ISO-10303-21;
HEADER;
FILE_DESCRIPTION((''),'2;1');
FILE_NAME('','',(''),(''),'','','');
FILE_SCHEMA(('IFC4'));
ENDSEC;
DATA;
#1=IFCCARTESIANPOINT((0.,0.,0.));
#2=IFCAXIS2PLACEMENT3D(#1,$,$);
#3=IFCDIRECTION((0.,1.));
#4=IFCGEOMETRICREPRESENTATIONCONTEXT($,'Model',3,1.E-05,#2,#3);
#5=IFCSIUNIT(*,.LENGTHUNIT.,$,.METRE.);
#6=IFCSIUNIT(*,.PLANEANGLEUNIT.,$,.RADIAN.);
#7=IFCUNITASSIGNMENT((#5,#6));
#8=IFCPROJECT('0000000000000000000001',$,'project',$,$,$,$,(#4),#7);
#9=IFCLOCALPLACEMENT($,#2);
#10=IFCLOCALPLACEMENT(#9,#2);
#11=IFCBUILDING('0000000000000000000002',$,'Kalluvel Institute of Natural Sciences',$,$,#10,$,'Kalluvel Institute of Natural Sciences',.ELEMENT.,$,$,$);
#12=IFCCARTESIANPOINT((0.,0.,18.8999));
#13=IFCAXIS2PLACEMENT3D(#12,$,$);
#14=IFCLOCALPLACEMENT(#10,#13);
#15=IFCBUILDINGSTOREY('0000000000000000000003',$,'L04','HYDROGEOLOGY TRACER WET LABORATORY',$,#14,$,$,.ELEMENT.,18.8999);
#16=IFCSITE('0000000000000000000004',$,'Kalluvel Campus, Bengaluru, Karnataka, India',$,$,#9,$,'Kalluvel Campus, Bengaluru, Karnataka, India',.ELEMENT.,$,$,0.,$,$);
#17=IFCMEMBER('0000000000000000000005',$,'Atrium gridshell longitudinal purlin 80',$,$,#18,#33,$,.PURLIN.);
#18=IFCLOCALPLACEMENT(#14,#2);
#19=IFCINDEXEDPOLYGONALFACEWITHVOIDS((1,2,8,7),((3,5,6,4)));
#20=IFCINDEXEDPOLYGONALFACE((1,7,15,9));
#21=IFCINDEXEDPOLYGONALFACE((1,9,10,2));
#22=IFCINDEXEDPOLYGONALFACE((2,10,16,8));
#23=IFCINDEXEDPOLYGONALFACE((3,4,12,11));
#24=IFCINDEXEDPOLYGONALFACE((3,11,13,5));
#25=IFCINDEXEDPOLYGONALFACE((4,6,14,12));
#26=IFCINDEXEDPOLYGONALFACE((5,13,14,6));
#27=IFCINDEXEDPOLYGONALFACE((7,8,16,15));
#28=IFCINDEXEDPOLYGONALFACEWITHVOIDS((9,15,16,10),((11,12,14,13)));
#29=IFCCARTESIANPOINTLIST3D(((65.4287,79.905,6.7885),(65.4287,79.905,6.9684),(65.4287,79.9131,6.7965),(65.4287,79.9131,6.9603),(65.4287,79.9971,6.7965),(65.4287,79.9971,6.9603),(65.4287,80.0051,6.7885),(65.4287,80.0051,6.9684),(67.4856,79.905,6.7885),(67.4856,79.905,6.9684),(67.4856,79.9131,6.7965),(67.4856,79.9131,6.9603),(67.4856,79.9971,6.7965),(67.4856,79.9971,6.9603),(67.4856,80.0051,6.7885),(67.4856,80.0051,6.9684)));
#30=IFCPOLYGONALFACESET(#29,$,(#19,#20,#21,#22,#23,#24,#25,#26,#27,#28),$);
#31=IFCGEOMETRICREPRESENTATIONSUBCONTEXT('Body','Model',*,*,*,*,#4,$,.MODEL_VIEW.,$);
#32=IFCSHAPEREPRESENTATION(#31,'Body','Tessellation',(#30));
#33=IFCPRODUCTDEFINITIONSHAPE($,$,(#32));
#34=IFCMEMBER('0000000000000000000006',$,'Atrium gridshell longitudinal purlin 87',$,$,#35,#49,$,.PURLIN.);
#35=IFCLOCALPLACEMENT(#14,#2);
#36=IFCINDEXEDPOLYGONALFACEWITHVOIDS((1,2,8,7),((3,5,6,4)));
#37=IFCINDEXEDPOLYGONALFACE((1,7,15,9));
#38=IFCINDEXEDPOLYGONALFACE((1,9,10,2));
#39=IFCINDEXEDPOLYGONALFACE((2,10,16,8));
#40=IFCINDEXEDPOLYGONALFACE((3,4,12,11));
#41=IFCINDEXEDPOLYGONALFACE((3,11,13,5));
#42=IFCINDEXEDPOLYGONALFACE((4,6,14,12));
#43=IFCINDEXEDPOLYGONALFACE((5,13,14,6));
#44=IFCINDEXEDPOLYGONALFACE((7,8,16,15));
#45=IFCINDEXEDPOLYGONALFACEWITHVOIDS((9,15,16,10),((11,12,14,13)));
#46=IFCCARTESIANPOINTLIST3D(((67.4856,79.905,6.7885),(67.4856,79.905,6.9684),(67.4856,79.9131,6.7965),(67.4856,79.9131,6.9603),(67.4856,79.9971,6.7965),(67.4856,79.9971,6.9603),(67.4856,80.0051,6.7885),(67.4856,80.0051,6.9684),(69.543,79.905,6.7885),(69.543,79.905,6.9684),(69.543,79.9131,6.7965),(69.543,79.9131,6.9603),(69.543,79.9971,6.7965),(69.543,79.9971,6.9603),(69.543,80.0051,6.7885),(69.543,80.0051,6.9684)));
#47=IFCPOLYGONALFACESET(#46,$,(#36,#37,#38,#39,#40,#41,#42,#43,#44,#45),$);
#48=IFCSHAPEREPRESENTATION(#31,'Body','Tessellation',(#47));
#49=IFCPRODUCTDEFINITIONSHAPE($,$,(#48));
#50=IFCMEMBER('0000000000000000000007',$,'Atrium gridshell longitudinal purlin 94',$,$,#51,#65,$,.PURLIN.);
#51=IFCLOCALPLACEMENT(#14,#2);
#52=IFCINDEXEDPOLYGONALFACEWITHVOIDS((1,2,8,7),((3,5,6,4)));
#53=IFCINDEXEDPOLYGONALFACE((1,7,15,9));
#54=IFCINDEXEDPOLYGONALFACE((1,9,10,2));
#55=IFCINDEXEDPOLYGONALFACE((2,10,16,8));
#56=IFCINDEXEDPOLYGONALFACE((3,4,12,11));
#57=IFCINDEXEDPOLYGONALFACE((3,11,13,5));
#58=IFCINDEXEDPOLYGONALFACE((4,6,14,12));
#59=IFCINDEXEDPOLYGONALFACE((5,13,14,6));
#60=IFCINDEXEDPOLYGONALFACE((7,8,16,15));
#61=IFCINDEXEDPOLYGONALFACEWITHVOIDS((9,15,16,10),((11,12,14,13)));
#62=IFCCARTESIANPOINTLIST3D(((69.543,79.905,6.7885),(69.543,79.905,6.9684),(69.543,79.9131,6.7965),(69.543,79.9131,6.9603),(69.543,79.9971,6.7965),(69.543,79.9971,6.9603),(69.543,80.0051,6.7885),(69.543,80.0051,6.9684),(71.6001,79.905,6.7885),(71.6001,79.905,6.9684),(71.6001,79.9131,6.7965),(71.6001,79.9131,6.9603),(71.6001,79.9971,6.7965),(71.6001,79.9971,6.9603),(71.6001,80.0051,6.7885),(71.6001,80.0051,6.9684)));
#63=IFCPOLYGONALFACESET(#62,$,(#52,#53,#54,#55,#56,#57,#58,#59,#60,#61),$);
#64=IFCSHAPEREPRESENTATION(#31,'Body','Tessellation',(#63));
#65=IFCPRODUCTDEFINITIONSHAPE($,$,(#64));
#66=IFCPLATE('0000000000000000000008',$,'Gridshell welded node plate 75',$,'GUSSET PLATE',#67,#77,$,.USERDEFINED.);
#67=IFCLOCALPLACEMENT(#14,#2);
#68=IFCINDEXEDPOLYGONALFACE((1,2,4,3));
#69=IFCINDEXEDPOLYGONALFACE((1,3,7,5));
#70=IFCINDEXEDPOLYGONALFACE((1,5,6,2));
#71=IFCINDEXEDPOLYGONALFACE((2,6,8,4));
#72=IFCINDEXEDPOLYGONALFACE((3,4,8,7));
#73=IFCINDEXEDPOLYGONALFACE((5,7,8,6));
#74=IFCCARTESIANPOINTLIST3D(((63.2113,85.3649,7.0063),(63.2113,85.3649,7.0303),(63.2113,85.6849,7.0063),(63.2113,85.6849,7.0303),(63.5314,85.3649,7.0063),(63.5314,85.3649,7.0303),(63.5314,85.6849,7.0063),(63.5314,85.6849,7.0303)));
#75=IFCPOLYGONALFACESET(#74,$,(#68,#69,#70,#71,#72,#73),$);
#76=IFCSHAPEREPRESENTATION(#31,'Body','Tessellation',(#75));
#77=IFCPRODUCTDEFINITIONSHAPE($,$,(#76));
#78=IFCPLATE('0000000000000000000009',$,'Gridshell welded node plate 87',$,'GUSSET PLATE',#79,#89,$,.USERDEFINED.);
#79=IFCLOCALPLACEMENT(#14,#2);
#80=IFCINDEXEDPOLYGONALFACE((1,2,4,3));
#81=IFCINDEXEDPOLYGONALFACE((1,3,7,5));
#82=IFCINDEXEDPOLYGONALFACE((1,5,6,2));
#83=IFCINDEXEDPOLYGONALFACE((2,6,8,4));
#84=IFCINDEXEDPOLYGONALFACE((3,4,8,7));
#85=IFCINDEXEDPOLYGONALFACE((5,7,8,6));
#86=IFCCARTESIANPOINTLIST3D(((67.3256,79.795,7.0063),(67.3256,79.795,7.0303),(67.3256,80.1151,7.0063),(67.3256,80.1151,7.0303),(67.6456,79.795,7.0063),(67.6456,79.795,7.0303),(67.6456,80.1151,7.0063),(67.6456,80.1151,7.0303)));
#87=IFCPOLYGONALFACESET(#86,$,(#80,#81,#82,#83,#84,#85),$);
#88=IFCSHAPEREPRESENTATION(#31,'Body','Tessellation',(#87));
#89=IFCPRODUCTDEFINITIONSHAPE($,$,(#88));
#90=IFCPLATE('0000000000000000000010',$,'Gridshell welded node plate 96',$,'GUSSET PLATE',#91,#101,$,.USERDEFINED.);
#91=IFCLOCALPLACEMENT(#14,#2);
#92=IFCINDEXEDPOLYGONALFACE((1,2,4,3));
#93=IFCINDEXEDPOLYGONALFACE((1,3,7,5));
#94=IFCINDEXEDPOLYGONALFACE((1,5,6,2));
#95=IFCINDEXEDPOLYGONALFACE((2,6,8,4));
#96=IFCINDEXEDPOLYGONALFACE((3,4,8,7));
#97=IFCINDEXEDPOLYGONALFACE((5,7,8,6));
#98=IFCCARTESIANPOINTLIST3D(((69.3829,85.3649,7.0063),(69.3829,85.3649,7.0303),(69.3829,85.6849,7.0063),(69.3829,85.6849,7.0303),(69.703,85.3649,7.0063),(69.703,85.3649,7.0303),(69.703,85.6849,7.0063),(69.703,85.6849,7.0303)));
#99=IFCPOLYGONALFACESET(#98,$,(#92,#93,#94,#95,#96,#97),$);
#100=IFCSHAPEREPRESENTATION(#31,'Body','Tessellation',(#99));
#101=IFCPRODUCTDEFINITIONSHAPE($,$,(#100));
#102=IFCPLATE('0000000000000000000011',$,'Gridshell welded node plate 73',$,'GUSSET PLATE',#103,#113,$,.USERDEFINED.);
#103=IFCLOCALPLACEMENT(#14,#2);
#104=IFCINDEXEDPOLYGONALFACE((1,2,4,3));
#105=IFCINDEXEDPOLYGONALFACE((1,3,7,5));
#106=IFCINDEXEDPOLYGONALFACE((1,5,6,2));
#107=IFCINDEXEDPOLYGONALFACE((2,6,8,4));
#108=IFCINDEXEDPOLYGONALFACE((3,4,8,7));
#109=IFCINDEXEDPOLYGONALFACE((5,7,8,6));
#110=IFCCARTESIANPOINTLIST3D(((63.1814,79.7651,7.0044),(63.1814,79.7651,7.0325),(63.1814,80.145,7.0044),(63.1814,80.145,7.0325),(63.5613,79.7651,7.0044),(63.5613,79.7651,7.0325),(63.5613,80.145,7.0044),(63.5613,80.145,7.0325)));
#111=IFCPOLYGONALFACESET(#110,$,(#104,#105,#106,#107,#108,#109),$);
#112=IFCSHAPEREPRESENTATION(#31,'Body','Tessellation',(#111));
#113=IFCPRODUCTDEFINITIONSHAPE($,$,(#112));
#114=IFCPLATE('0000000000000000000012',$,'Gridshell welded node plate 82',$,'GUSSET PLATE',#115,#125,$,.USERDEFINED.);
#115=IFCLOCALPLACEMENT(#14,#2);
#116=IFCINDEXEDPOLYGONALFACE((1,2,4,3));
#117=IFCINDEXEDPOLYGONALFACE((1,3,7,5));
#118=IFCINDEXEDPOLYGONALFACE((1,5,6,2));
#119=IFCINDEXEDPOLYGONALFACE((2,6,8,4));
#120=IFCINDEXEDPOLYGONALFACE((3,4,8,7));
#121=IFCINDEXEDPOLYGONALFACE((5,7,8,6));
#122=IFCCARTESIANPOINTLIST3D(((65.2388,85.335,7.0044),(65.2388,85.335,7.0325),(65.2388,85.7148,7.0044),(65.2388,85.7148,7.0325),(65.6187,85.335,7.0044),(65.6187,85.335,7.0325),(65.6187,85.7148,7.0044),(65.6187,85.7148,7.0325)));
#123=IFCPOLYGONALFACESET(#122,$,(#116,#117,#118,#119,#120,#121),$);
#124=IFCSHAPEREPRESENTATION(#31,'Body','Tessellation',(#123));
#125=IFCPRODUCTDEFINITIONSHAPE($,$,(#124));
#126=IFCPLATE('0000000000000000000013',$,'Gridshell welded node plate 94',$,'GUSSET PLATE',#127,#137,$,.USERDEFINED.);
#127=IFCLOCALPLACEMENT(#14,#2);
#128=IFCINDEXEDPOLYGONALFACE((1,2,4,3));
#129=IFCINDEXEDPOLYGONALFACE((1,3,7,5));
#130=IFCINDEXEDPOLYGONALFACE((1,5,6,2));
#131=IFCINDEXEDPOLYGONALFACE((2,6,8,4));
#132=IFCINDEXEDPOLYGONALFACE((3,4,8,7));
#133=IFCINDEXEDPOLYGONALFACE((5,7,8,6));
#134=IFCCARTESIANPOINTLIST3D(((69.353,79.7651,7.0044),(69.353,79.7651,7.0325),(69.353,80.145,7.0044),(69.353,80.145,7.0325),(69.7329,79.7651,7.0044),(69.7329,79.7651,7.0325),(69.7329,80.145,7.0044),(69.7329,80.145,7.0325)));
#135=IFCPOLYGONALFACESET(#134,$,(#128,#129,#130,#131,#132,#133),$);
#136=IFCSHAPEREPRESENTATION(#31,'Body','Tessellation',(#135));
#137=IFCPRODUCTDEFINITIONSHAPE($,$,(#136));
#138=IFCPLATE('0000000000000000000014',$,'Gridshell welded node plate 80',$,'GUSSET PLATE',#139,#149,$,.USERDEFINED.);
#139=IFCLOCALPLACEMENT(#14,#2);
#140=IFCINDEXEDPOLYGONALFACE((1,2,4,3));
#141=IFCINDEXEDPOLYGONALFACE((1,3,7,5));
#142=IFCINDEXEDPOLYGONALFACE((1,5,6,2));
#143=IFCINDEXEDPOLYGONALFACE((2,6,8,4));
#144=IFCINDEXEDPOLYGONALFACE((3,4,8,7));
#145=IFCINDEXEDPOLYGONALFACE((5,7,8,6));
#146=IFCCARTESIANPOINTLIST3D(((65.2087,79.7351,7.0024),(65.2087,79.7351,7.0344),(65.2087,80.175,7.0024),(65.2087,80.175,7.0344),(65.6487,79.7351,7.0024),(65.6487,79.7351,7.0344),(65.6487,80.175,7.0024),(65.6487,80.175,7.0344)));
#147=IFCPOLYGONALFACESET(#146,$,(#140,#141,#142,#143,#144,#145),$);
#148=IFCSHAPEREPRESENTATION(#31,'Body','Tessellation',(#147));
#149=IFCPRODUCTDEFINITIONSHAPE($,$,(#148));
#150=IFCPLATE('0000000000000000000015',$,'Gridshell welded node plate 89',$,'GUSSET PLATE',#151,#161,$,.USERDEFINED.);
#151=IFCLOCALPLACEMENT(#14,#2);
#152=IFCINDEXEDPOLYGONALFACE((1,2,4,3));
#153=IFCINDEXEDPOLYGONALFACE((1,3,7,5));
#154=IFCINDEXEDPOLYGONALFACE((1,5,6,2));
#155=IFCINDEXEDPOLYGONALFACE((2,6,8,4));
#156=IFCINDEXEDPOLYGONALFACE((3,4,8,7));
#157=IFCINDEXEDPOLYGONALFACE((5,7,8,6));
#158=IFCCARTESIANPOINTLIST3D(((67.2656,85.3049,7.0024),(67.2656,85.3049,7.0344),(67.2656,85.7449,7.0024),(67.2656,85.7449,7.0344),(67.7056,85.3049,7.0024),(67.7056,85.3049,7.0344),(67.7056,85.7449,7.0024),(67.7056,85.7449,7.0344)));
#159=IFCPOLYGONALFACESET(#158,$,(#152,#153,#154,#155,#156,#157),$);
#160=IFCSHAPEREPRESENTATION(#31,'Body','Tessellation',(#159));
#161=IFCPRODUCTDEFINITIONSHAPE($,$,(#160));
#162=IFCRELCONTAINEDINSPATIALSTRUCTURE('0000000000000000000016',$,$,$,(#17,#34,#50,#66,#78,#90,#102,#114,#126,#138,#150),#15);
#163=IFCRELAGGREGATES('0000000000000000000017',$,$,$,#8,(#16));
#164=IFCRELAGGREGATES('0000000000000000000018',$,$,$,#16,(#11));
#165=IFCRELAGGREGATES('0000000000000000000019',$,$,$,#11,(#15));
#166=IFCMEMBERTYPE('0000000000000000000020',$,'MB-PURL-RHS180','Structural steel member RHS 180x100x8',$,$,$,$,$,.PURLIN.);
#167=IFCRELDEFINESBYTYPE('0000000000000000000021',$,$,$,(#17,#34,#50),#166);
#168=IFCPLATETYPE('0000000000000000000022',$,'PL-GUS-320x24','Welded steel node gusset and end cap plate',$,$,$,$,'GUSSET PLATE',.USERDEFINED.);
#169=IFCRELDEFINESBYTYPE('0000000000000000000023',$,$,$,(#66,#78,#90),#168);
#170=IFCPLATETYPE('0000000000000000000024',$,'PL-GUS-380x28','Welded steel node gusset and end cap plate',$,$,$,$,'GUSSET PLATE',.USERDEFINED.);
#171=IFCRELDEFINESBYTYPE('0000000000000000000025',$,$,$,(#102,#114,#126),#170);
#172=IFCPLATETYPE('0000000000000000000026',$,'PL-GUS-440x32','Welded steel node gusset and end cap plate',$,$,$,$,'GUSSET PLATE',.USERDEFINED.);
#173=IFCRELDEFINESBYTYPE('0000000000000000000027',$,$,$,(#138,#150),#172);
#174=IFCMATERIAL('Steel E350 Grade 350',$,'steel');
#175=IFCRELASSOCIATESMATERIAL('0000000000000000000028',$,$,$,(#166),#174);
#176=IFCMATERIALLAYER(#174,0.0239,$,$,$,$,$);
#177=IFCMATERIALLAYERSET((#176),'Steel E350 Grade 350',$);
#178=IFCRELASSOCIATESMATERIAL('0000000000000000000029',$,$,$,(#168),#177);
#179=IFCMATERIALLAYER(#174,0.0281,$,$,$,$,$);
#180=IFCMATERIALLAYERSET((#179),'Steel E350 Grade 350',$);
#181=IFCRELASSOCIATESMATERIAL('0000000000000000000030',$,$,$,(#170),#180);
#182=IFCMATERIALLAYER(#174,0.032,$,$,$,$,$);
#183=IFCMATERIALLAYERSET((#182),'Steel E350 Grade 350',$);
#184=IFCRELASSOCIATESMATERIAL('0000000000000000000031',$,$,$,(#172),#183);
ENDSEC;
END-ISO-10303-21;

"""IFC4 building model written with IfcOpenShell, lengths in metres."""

from ifc_helpers import new_model, si_unit, direction, frame, origin, origin_2d, place, context, subcontext, project, spatial, rectangle, hollow_rectangle, extrude, material, layer, layer_set, material_profile, profile_set, type_object, element, save


model = new_model("IFC4")

# Units and contexts
model_context = context("Model", 3, precision=1e-05, world=origin(), true_north=direction((0.0, 1.0)))
body_context = subcontext(model_context, "Body", "Model", "MODEL_VIEW")
ifc_project = project(units=[si_unit("LENGTHUNIT", "METRE"), si_unit("PLANEANGLEUNIT", "RADIAN")], contexts=[model_context])

# Site, building, storey
site_placement = place(None, origin())
site = spatial("IfcSite", under=ifc_project, at=site_placement, Name="Kalluvel Campus, Bengaluru, Karnataka, India", LongName="Kalluvel Campus, Bengaluru, Karnataka, India", CompositionType="ELEMENT", RefElevation=0.0)
building_placement = place(site_placement, origin())
building = spatial("IfcBuilding", under=site, at=building_placement, Name="Kalluvel Institute of Natural Sciences", LongName="Kalluvel Institute of Natural Sciences", CompositionType="ELEMENT")
storey_placement = place(building_placement, frame((0.0, 0.0, 18.8999)))
storey = spatial("IfcBuildingStorey", under=building, at=storey_placement, Name="L04", Description="HYDROGEOLOGY TRACER WET LABORATORY", CompositionType="ELEMENT", Elevation=18.8999)

# Members
ifc_material_1 = material(Name="Steel E350 Grade 350", Category="steel")
ifc_material_profile_1 = material_profile(ifc_material_1, hollow_rectangle(XDim=0.1001, YDim=0.1799, WallThickness=0.0081, at=origin_2d()), Name="RHS 180x100x8")
ifc_profile_set_1 = profile_set([ifc_material_profile_1], Name="Steel E350 Grade 350")
member_type_1 = type_object("IfcMemberType", Name="MB-PURL-RHS180", Description="Structural steel member RHS 180x100x8", PredefinedType="PURLIN", material=ifc_profile_set_1)
member_1_placement = place(storey_placement, frame((65.4287, 79.9551, 6.8784), z_axis=(1.0, 0.0, 0.0), x_axis=(0.0, 1.0, 0.0)))
element("IfcMember", 1, at=member_1_placement, inside=storey, type_object=member_type_1, Name="Atrium gridshell longitudinal purlin 80", PredefinedType="PURLIN", context=body_context, shape_type="SweptSolid", body=[
    extrude(hollow_rectangle(XDim=0.1001, YDim=0.1799, WallThickness=0.0081, at=origin_2d()), origin(), (0.0, 0.0, 1.0), 2.0569),
])
member_2_placement = place(storey_placement, frame((67.4856, 79.9551, 6.8784), z_axis=(1.0, 0.0, 0.0), x_axis=(0.0, 1.0, 0.0)))
element("IfcMember", 2, at=member_2_placement, inside=storey, type_object=member_type_1, Name="Atrium gridshell longitudinal purlin 87", PredefinedType="PURLIN", context=body_context, shape_type="SweptSolid", body=[
    extrude(hollow_rectangle(XDim=0.1001, YDim=0.1799, WallThickness=0.0081, at=origin_2d()), origin(), (0.0, 0.0, 1.0), 2.0574),
])
member_3_placement = place(storey_placement, frame((69.543, 79.9551, 6.8784), z_axis=(1.0, 0.0, 0.0), x_axis=(0.0, 1.0, 0.0)))
element("IfcMember", 3, at=member_3_placement, inside=storey, type_object=member_type_1, Name="Atrium gridshell longitudinal purlin 94", PredefinedType="PURLIN", context=body_context, shape_type="SweptSolid", body=[
    extrude(hollow_rectangle(XDim=0.1001, YDim=0.1799, WallThickness=0.0081, at=origin_2d()), origin(), (0.0, 0.0, 1.0), 2.0571),
])

# Plates
ifc_layer_1 = layer(ifc_material_1, 0.0239)
ifc_layer_set_1 = layer_set([ifc_layer_1], Name="Steel E350 Grade 350")
plate_type_1 = type_object("IfcPlateType", Name="PL-GUS-320x24", Description="Welded steel node gusset and end cap plate", ElementType="GUSSET PLATE", PredefinedType="USERDEFINED", material=ifc_layer_set_1)
for number, where, z_axis, x_axis, name in (
    (4, (63.3713, 85.5249, 7.0063), (0.0, 0.0, 1.0), (1.0, 0.0, 0.0), "Gridshell welded node plate 75"),
    (5, (67.4856, 79.9551, 7.0063), (0.0, 0.0, 1.0), (1.0, 0.0, 0.0), "Gridshell welded node plate 87"),
    (6, (69.543, 85.5249, 7.0063), (0.0, 0.0, 1.0), (1.0, 0.0, 0.0), "Gridshell welded node plate 96"),
):
    element("IfcPlate", number, at=place(storey_placement, frame(where, z_axis=z_axis, x_axis=x_axis)), inside=storey, type_object=plate_type_1, Name=name, ObjectType="GUSSET PLATE", PredefinedType="USERDEFINED", context=body_context, shape_type="SweptSolid", body=[
        extrude(rectangle(XDim=0.3201, YDim=0.3201, at=origin_2d()), origin(), (0.0, 0.0, 1.0), 0.0239),
    ])
ifc_layer_2 = layer(ifc_material_1, 0.0281)
ifc_layer_set_2 = layer_set([ifc_layer_2], Name="Steel E350 Grade 350")
plate_type_2 = type_object("IfcPlateType", Name="PL-GUS-380x28", Description="Welded steel node gusset and end cap plate", ElementType="GUSSET PLATE", PredefinedType="USERDEFINED", material=ifc_layer_set_2)
for number, where, z_axis, x_axis, name in (
    (7, (63.3713, 79.9551, 7.0044), (0.0, 0.0, 1.0), (1.0, 0.0, 0.0), "Gridshell welded node plate 73"),
    (8, (65.4287, 85.5249, 7.0044), (0.0, 0.0, 1.0), (1.0, 0.0, 0.0), "Gridshell welded node plate 82"),
    (9, (69.543, 79.9551, 7.0044), (0.0, 0.0, 1.0), (1.0, 0.0, 0.0), "Gridshell welded node plate 94"),
):
    element("IfcPlate", number, at=place(storey_placement, frame(where, z_axis=z_axis, x_axis=x_axis)), inside=storey, type_object=plate_type_2, Name=name, ObjectType="GUSSET PLATE", PredefinedType="USERDEFINED", context=body_context, shape_type="SweptSolid", body=[
        extrude(rectangle(XDim=0.3799, YDim=0.3799, at=origin_2d()), origin(), (0.0, 0.0, 1.0), 0.0281),
    ])
ifc_layer_3 = layer(ifc_material_1, 0.032)
ifc_layer_set_3 = layer_set([ifc_layer_3], Name="Steel E350 Grade 350")
plate_type_3 = type_object("IfcPlateType", Name="PL-GUS-440x32", Description="Welded steel node gusset and end cap plate", ElementType="GUSSET PLATE", PredefinedType="USERDEFINED", material=ifc_layer_set_3)
for number, where, z_axis, x_axis, name in (
    (10, (65.4287, 79.9551, 7.0024), (0.0, 0.0, 1.0), (1.0, 0.0, 0.0), "Gridshell welded node plate 80"),
    (11, (67.4856, 85.5249, 7.0024), (0.0, 0.0, 1.0), (1.0, 0.0, 0.0), "Gridshell welded node plate 89"),
):
    element("IfcPlate", number, at=place(storey_placement, frame(where, z_axis=z_axis, x_axis=x_axis)), inside=storey, type_object=plate_type_3, Name=name, ObjectType="GUSSET PLATE", PredefinedType="USERDEFINED", context=body_context, shape_type="SweptSolid", body=[
        extrude(rectangle(XDim=0.4399, YDim=0.4399, at=origin_2d()), origin(), (0.0, 0.0, 1.0), 0.032),
    ])

save(model, "model.ifc")
